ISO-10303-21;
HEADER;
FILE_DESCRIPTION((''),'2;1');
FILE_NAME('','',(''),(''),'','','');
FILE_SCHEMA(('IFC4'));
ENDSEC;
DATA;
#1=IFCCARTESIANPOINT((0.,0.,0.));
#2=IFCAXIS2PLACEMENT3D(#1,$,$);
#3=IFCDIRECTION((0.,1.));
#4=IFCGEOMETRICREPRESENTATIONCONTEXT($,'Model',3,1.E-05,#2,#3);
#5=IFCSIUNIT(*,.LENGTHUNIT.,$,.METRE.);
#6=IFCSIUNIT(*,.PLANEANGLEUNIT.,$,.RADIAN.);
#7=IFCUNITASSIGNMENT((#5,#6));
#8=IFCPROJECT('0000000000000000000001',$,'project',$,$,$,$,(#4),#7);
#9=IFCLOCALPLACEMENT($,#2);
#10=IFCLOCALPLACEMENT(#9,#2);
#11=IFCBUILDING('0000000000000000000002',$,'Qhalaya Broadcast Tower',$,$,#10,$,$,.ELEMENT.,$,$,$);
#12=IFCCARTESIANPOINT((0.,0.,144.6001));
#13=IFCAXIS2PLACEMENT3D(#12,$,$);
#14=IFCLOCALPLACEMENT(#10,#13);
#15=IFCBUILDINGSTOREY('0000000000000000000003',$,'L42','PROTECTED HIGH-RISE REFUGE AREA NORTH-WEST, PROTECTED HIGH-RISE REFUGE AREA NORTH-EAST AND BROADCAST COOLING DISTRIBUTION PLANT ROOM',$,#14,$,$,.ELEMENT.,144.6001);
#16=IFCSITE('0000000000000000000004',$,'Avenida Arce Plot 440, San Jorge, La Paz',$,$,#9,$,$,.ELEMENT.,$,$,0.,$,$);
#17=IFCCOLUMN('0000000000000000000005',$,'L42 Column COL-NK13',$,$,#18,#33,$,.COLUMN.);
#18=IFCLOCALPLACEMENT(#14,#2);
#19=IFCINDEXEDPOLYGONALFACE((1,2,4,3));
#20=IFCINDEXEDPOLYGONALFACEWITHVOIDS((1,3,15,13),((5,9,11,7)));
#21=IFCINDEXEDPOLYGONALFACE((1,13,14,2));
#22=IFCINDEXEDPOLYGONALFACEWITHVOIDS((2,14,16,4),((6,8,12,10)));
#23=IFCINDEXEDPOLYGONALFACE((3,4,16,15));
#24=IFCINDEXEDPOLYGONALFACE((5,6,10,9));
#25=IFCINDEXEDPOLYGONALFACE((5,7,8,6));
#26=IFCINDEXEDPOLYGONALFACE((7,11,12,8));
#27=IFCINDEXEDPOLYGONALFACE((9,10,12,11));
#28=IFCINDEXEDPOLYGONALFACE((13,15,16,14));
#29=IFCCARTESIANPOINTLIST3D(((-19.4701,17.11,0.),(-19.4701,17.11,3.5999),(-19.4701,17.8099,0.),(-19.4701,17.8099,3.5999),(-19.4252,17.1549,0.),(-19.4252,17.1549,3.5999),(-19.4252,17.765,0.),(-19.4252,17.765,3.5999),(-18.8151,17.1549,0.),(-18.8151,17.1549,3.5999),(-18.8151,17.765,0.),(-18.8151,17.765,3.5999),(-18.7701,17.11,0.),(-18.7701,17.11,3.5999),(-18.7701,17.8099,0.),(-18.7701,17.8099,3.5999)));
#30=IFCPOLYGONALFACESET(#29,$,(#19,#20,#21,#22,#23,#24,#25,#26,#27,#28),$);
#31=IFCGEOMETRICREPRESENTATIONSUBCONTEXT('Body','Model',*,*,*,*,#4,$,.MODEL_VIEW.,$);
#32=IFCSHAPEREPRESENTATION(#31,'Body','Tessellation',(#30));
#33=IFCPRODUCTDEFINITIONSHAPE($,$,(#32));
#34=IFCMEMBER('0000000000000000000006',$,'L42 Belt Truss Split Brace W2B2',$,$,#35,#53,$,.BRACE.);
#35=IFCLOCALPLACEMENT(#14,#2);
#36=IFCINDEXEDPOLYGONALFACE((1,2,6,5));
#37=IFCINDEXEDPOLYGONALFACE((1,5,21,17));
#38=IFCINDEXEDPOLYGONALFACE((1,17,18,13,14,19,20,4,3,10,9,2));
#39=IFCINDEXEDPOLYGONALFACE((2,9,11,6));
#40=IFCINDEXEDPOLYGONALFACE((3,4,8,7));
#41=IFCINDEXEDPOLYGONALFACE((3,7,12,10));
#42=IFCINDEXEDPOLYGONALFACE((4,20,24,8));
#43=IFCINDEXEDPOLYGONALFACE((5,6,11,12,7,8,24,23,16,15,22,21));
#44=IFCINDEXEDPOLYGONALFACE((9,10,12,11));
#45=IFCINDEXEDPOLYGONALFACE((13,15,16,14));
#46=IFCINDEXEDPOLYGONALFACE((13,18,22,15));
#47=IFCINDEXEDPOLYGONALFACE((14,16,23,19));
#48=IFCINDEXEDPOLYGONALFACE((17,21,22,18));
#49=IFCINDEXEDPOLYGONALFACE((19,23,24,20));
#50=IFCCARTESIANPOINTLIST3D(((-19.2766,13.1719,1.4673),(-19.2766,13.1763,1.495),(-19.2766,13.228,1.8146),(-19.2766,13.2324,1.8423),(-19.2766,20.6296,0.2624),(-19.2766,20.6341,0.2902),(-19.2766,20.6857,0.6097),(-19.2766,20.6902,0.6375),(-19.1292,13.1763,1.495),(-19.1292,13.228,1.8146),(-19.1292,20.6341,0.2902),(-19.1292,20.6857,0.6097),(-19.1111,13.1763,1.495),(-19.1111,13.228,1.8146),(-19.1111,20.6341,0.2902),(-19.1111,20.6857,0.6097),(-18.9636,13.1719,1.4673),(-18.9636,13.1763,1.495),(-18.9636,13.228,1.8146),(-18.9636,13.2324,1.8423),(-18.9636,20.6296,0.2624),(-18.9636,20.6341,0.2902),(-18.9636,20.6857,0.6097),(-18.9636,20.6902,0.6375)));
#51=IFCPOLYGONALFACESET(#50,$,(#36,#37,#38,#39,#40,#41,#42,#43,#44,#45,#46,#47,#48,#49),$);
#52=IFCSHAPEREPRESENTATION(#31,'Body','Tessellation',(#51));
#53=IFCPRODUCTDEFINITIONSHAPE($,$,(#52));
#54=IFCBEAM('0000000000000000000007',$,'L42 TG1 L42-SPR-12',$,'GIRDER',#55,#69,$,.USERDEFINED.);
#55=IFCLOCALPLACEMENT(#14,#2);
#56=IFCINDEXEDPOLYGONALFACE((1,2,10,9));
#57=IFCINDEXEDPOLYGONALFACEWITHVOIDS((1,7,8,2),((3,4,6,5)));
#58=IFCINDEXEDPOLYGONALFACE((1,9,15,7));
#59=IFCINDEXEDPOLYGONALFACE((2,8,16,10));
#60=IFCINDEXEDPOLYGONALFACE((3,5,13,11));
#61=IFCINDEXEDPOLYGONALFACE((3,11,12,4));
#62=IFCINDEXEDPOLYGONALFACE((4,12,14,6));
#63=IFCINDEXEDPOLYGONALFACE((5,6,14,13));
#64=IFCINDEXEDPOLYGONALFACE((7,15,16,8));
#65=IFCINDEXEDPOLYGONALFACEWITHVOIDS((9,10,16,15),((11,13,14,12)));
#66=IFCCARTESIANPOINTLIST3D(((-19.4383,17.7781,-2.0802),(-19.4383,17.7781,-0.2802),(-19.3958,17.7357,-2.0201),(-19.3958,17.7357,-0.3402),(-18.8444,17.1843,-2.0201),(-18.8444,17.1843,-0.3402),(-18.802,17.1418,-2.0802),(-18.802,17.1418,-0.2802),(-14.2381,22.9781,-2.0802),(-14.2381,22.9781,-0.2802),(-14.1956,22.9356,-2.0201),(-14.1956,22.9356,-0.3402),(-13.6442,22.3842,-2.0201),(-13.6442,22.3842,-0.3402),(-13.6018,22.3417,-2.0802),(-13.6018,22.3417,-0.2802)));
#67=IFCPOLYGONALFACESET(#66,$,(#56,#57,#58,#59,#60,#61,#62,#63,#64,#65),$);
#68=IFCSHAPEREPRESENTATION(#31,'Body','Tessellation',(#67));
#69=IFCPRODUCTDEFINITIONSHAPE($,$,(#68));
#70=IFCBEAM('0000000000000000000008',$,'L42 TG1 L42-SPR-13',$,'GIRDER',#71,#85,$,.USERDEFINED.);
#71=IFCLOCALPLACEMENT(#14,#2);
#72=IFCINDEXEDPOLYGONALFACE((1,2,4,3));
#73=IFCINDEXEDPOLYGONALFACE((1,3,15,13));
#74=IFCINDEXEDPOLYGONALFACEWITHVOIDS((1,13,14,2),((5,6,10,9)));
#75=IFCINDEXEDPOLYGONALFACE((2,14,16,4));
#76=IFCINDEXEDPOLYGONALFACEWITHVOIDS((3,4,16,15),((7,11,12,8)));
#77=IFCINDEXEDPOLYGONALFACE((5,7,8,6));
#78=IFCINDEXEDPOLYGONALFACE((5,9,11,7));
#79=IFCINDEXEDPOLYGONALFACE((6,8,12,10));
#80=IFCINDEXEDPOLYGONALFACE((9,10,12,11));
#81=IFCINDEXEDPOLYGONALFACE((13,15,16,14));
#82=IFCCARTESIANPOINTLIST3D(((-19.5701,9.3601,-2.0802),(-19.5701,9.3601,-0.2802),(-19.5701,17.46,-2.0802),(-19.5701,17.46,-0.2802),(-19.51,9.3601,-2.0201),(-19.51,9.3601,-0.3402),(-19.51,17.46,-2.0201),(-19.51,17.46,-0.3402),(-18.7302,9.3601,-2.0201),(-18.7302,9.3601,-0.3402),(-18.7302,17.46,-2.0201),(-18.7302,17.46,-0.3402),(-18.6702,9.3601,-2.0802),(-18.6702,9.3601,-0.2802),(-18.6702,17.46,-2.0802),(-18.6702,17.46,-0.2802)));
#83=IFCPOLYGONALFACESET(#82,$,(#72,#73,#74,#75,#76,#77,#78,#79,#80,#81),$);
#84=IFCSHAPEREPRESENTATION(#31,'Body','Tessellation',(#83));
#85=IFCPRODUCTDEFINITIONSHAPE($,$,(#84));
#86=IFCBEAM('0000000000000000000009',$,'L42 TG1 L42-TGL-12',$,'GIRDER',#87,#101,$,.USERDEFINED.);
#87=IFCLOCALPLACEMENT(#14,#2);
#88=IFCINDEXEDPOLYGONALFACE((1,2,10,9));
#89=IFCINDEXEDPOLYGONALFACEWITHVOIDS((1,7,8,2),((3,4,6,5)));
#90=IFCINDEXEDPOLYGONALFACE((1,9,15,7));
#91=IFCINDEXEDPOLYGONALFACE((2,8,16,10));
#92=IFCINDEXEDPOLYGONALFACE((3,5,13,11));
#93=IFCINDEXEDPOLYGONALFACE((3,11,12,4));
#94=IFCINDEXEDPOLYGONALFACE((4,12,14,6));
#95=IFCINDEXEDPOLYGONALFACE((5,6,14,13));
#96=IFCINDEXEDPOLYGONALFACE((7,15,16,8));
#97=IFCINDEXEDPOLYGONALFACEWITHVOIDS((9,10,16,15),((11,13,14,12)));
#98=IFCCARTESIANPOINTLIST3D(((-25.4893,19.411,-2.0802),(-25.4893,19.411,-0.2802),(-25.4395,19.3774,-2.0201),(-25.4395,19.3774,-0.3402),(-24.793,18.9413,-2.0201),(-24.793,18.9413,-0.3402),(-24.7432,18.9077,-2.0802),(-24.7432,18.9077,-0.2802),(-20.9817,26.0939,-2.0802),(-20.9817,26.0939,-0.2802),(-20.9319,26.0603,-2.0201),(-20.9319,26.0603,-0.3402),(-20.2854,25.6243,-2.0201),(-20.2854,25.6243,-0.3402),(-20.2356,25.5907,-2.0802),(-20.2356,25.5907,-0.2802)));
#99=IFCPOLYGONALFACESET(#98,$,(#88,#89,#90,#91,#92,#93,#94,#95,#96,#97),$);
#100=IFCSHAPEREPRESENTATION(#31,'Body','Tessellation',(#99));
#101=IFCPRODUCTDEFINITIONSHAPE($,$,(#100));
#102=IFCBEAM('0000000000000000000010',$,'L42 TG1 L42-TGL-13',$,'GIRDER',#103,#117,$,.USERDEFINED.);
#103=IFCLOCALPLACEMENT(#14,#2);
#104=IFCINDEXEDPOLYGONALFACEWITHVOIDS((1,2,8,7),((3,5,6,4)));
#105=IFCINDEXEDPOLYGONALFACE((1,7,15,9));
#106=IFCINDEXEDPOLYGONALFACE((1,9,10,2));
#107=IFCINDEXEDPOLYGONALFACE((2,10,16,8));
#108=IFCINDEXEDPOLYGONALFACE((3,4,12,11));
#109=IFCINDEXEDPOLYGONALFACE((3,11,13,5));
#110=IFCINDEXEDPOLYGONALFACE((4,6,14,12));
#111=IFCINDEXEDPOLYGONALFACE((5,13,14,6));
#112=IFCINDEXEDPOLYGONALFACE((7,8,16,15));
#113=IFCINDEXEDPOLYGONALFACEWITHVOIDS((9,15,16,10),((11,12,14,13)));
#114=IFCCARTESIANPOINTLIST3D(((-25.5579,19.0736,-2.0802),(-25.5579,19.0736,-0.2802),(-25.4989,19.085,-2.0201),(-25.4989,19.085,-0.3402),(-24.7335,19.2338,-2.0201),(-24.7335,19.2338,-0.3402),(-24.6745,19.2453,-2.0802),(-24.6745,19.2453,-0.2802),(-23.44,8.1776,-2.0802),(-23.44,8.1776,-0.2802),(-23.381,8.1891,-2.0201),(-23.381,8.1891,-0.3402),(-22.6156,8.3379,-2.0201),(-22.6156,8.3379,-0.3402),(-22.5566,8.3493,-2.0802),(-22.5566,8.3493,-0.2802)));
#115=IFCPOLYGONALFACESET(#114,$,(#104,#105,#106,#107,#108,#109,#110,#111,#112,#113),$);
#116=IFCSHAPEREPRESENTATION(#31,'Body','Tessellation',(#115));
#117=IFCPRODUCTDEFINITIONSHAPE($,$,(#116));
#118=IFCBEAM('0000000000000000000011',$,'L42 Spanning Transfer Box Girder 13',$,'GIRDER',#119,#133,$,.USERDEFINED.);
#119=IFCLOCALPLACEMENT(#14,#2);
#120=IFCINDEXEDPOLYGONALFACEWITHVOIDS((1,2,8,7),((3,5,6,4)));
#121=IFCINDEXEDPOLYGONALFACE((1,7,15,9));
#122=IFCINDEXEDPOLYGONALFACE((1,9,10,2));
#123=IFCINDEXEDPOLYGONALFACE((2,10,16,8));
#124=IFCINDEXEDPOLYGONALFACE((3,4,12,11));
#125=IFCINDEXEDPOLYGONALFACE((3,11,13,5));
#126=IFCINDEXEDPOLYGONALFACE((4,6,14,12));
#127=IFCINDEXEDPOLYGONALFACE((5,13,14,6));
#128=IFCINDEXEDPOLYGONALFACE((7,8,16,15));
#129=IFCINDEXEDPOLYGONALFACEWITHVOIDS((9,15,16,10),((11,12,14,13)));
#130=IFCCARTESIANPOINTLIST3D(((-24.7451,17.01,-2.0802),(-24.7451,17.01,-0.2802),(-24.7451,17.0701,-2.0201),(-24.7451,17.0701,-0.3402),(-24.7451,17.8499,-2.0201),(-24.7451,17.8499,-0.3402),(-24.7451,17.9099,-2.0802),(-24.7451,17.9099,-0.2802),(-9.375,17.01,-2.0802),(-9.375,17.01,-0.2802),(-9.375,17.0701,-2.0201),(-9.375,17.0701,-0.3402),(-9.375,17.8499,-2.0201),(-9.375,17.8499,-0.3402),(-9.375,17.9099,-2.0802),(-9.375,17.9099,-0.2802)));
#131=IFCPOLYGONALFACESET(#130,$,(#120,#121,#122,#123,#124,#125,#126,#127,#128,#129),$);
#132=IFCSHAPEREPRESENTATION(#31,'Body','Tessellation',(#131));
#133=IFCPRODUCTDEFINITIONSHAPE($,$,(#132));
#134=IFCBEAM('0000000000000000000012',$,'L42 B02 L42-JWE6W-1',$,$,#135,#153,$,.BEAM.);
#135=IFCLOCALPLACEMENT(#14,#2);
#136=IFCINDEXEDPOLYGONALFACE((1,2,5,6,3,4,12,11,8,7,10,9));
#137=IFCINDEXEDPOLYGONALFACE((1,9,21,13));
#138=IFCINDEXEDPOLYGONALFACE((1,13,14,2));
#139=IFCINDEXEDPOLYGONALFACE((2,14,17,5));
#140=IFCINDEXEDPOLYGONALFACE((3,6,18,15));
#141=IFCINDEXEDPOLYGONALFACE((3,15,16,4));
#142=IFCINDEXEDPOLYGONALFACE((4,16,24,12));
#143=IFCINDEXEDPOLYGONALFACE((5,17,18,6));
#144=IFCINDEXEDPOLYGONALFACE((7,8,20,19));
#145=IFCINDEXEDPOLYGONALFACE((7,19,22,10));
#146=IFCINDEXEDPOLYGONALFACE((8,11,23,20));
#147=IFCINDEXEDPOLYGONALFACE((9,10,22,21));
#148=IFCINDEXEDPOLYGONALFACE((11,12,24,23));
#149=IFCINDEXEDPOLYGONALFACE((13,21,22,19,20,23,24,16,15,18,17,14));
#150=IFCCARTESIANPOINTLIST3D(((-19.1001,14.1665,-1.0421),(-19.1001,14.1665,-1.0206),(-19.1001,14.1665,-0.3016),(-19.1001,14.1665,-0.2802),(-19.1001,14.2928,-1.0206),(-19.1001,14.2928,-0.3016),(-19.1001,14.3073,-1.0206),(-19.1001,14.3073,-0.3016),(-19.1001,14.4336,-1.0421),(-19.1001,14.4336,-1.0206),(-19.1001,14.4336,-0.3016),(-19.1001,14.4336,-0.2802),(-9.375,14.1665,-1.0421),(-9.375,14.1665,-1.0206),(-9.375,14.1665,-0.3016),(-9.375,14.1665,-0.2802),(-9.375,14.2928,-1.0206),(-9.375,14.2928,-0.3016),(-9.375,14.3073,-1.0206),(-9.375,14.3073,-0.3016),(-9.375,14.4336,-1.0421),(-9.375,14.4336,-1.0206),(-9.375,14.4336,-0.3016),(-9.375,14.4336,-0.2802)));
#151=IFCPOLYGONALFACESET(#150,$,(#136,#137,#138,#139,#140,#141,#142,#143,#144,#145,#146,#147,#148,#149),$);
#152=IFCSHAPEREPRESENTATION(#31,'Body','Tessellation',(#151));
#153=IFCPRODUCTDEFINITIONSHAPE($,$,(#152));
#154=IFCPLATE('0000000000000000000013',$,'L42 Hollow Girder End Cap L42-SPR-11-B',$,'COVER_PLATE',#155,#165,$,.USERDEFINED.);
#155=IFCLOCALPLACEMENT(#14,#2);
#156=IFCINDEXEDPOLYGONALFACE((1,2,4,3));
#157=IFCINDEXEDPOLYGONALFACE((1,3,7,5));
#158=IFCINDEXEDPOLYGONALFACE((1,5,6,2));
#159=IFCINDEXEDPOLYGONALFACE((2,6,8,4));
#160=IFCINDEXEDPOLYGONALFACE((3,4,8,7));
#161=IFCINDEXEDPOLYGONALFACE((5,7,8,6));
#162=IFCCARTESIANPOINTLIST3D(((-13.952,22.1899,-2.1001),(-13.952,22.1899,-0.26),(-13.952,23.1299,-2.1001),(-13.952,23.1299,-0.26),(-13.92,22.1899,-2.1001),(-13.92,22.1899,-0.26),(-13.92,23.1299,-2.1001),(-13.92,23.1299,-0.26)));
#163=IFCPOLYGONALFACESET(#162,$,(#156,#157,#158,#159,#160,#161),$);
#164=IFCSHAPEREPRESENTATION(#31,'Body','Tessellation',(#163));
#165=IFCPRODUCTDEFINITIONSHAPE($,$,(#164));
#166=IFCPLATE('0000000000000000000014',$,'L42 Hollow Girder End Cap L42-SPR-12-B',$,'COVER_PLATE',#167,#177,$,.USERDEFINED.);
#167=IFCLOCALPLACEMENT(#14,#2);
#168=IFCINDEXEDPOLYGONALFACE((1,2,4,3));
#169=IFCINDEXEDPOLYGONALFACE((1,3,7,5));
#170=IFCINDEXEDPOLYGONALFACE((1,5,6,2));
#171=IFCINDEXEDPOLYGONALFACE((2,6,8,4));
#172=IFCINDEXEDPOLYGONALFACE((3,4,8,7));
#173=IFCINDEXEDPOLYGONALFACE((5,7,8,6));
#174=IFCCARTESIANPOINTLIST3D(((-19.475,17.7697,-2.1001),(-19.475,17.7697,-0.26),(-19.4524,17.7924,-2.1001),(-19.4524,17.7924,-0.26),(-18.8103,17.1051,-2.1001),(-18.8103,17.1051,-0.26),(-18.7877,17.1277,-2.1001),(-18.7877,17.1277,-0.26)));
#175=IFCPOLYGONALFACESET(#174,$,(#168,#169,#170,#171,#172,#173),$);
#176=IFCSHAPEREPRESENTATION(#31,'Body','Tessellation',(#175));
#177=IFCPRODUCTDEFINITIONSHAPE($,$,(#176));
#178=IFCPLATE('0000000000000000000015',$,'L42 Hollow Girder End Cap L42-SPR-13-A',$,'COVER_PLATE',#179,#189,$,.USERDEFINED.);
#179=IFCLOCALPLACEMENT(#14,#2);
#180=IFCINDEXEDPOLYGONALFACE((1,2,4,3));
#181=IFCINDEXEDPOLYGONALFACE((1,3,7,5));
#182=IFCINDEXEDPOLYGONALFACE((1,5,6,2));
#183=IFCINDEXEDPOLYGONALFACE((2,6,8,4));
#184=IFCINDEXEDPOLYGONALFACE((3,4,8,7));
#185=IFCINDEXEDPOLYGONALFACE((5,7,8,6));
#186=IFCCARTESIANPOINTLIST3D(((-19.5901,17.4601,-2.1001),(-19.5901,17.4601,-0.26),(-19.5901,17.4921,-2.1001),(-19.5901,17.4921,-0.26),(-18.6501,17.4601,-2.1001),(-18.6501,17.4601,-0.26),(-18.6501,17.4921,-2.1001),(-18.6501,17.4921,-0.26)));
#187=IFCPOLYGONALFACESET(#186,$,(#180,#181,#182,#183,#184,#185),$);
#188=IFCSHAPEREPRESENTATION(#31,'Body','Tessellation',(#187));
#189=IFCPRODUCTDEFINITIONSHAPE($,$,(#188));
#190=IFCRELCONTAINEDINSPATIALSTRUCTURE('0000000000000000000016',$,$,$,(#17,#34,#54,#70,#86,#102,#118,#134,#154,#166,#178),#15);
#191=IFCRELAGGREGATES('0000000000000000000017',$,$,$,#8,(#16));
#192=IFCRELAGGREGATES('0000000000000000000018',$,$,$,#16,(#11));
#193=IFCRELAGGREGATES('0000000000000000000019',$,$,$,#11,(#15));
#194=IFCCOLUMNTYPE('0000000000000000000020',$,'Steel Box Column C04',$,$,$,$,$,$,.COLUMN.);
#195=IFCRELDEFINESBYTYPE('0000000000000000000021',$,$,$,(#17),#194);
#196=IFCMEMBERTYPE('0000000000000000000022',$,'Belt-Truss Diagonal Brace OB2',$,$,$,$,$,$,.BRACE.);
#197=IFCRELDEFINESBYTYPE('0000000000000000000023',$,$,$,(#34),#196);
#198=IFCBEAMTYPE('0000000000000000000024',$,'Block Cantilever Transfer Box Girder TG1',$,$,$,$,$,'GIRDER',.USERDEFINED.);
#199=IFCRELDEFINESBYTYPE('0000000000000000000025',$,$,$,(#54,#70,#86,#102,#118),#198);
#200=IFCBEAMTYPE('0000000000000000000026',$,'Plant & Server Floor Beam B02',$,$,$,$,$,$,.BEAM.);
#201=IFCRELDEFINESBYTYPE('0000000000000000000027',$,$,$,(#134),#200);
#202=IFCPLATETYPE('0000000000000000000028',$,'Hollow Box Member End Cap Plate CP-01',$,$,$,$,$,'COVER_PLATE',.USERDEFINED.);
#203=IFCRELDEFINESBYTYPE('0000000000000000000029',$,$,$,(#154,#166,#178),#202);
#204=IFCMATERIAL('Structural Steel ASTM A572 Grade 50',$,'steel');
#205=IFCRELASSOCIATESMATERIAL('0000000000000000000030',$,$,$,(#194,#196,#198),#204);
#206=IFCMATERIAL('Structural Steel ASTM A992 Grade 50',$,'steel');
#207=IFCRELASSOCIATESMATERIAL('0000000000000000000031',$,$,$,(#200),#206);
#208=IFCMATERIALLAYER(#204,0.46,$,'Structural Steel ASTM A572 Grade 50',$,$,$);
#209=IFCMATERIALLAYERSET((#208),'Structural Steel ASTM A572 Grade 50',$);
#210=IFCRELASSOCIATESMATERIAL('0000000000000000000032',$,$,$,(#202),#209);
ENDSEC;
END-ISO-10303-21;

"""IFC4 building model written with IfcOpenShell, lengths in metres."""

from ifc_helpers import new_model, si_unit, direction, frame, origin, origin_2d, place, context, subcontext, project, spatial, rectangle, hollow_rectangle, i_section, extrude, material, layer, layer_set, material_profile, profile_set, type_object, element, save


model = new_model("IFC4")

# Units and contexts
model_context = context("Model", 3, precision=1e-05, world=origin(), true_north=direction((0.0, 1.0)))
body_context = subcontext(model_context, "Body", "Model", "MODEL_VIEW")
ifc_project = project(units=[si_unit("LENGTHUNIT", "METRE"), si_unit("PLANEANGLEUNIT", "RADIAN")], contexts=[model_context])

# Site, building, storey
site_placement = place(None, origin())
site = spatial("IfcSite", under=ifc_project, at=site_placement, Name="Avenida Arce Plot 440, San Jorge, La Paz", CompositionType="ELEMENT", RefElevation=0.0)
building_placement = place(site_placement, origin())
building = spatial("IfcBuilding", under=site, at=building_placement, Name="Qhalaya Broadcast Tower", CompositionType="ELEMENT")
storey_placement = place(building_placement, frame((0.0, 0.0, 144.6001)))
storey = spatial("IfcBuildingStorey", under=building, at=storey_placement, Name="L42", Description="PROTECTED HIGH-RISE REFUGE AREA NORTH-WEST, PROTECTED HIGH-RISE REFUGE AREA NORTH-EAST AND BROADCAST COOLING DISTRIBUTION PLANT ROOM", CompositionType="ELEMENT", Elevation=144.6001)

# Column
ifc_material_1 = material(Name="Structural Steel ASTM A572 Grade 50", Category="steel")
ifc_material_profile_1 = material_profile(ifc_material_1, hollow_rectangle(XDim=0.7, YDim=0.7, WallThickness=0.0449, at=origin_2d()), Name="BOX 700x700x45")
ifc_profile_set_1 = profile_set([ifc_material_profile_1], Name="Structural Steel ASTM A572 Grade 50")
column_type = type_object("IfcColumnType", Name="Steel Box Column C04", PredefinedType="COLUMN", material=ifc_profile_set_1)
column_placement = place(storey_placement, frame((-19.1201, 17.46, 0.0), z_axis=(0.0, 0.0, 1.0), x_axis=(0.0, 1.0, 0.0)))
element("IfcColumn", 1, at=column_placement, inside=storey, type_object=column_type, Name="L42 Column COL-NK13", PredefinedType="COLUMN", context=body_context, shape_type="SweptSolid", body=[
    extrude(hollow_rectangle(XDim=0.7, YDim=0.7, WallThickness=0.0449, at=origin_2d()), origin(), (0.0, 0.0, 1.0), 3.5999),
])

# Member
ifc_material_profile_2 = material_profile(ifc_material_1, i_section(OverallWidth=0.313, OverallDepth=0.3799, WebThickness=0.0181, FlangeThickness=0.0281, at=origin_2d()), Name="W12X120")
ifc_profile_set_2 = profile_set([ifc_material_profile_2], Name="Structural Steel ASTM A572 Grade 50")
member_type = type_object("IfcMemberType", Name="Belt-Truss Diagonal Brace OB2", PredefinedType="BRACE", material=ifc_profile_set_2)
member_placement = place(storey_placement, frame((-19.1201, 13.2021, 1.6548), z_axis=(0.0, 0.9872, -0.159486), x_axis=(-1.0, 0.0, 0.0)))
element("IfcMember", 2, at=member_placement, inside=storey, type_object=member_type, Name="L42 Belt Truss Split Brace W2B2", PredefinedType="BRACE", context=body_context, shape_type="SweptSolid", body=[
    extrude(i_section(OverallWidth=0.313, OverallDepth=0.3799, WebThickness=0.0181, FlangeThickness=0.0281, at=origin_2d()), origin(), (0.0, 0.0, 1.0), 7.5544),
])

# Beams
ifc_material_profile_3 = material_profile(ifc_material_1, hollow_rectangle(XDim=0.8999, YDim=1.8, WallThickness=0.0601, at=origin_2d()), Name="BOX 900x1800x60")
ifc_profile_set_3 = profile_set([ifc_material_profile_3], Name="Structural Steel ASTM A572 Grade 50")
beam_type_1 = type_object("IfcBeamType", Name="Block Cantilever Transfer Box Girder TG1", ElementType="GIRDER", PredefinedType="USERDEFINED", material=ifc_profile_set_3)
beam_1_placement = place(storey_placement, frame((-13.9199, 22.6599, -1.1802), z_axis=(-0.707123, -0.70709, 0.0), x_axis=(0.70709, -0.707123, 0.0)))
element("IfcBeam", 3, at=beam_1_placement, inside=storey, type_object=beam_type_1, Name="L42 TG1 L42-SPR-12", ObjectType="GIRDER", PredefinedType="USERDEFINED", context=body_context, shape_type="SweptSolid", body=[
    extrude(hollow_rectangle(XDim=0.8999, YDim=1.8, WallThickness=0.0601, at=origin_2d()), origin(), (0.0, 0.0, 1.0), 7.354),
])
beam_2_placement = place(storey_placement, frame((-19.1201, 17.46, -1.1802), z_axis=(0.0, -1.0, 0.0), x_axis=(1.0, 0.0, 0.0)))
element("IfcBeam", 4, at=beam_2_placement, inside=storey, type_object=beam_type_1, Name="L42 TG1 L42-SPR-13", ObjectType="GIRDER", PredefinedType="USERDEFINED", context=body_context, shape_type="SweptSolid", body=[
    extrude(hollow_rectangle(XDim=0.8999, YDim=1.8, WallThickness=0.0601, at=origin_2d()), origin(), (0.0, 0.0, 1.0), 8.0999),
])
beam_3_placement = place(storey_placement, frame((-20.6086, 25.8423, -1.1802), z_axis=(-0.559186, -0.829042, 0.0), x_axis=(0.829042, -0.559186, 0.0)))
element("IfcBeam", 5, at=beam_3_placement, inside=storey, type_object=beam_type_1, Name="L42 TG1 L42-TGL-12", ObjectType="GIRDER", PredefinedType="USERDEFINED", context=body_context, shape_type="SweptSolid", body=[
    extrude(hollow_rectangle(XDim=0.8999, YDim=1.8, WallThickness=0.0601, at=origin_2d()), origin(), (0.0, 0.0, 1.0), 8.061),
])
beam_4_placement = place(storey_placement, frame((-25.1162, 19.1594, -1.1802), z_axis=(0.190805, -0.981628, 0.0), x_axis=(0.981628, 0.190805, 0.0)))
element("IfcBeam", 6, at=beam_4_placement, inside=storey, type_object=beam_type_1, Name="L42 TG1 L42-TGL-13", ObjectType="GIRDER", PredefinedType="USERDEFINED", context=body_context, shape_type="SweptSolid", body=[
    extrude(hollow_rectangle(XDim=0.8999, YDim=1.8, WallThickness=0.0601, at=origin_2d()), origin(), (0.0, 0.0, 1.0), 11.0999),
])
beam_5_placement = place(storey_placement, frame((-24.7451, 17.46, -1.1802), z_axis=(1.0, 0.0, 0.0), x_axis=(0.0, 1.0, 0.0)))
element("IfcBeam", 7, at=beam_5_placement, inside=storey, type_object=beam_type_1, Name="L42 Spanning Transfer Box Girder 13", ObjectType="GIRDER", PredefinedType="USERDEFINED", context=body_context, shape_type="SweptSolid", body=[
    extrude(hollow_rectangle(XDim=0.8999, YDim=1.8, WallThickness=0.0601, at=origin_2d()), origin(), (0.0, 0.0, 1.0), 15.3701),
])
ifc_material_2 = material(Name="Structural Steel ASTM A992 Grade 50", Category="steel")
ifc_material_profile_4 = material_profile(ifc_material_2, i_section(OverallWidth=0.2671, OverallDepth=0.762, WebThickness=0.0144, FlangeThickness=0.0215, at=origin_2d()), Name="W30X116")
ifc_profile_set_4 = profile_set([ifc_material_profile_4], Name="Structural Steel ASTM A992 Grade 50")
beam_type_2 = type_object("IfcBeamType", Name="Plant & Server Floor Beam B02", PredefinedType="BEAM", material=ifc_profile_set_4)
beam_6_placement = place(storey_placement, frame((-19.1001, 14.3, -0.6611), z_axis=(1.0, 0.0, 0.0), x_axis=(0.0, 1.0, 0.0)))
element("IfcBeam", 8, at=beam_6_placement, inside=storey, type_object=beam_type_2, Name="L42 B02 L42-JWE6W-1", PredefinedType="BEAM", context=body_context, shape_type="SweptSolid", body=[
    extrude(i_section(OverallWidth=0.2671, OverallDepth=0.762, WebThickness=0.0144, FlangeThickness=0.0215, at=origin_2d()), origin(), (0.0, 0.0, 1.0), 9.7251),
])

# Plates
ifc_layer_1 = layer(ifc_material_1, 0.46, Name="Structural Steel ASTM A572 Grade 50")
ifc_layer_set_1 = layer_set([ifc_layer_1], Name="Structural Steel ASTM A572 Grade 50")
plate_type_1 = type_object("IfcPlateType", Name="Hollow Box Member End Cap Plate CP-01", ElementType="COVER_PLATE", PredefinedType="USERDEFINED", material=ifc_layer_set_1)
for number, where, z_axis, x_axis, name in (
    (9, (-13.936, 22.6599, -2.1001), (0.0, 0.0, 1.0), (0.0, -1.0, 0.0), "L42 Hollow Girder End Cap L42-SPR-11-B"),
    (10, (-19.1313, 17.4487, -2.1001), (0.0, 0.0, 1.0), (0.707107, -0.707107, 0.0), "L42 Hollow Girder End Cap L42-SPR-12-B"),
    (11, (-19.1201, 17.4761, -2.1001), (0.0, 0.0, 1.0), (1.0, 0.0, 0.0), "L42 Hollow Girder End Cap L42-SPR-13-A"),
):
    element("IfcPlate", number, at=place(storey_placement, frame(where, z_axis=z_axis, x_axis=x_axis)), inside=storey, type_object=plate_type_1, Name=name, ObjectType="COVER_PLATE", PredefinedType="USERDEFINED", context=body_context, shape_type="SweptSolid", body=[
        extrude(rectangle(XDim=0.9399, YDim=0.032, at=origin_2d()), origin(), (0.0, 0.0, 1.0), 1.8401),
    ])

save(model, "model.ifc")
